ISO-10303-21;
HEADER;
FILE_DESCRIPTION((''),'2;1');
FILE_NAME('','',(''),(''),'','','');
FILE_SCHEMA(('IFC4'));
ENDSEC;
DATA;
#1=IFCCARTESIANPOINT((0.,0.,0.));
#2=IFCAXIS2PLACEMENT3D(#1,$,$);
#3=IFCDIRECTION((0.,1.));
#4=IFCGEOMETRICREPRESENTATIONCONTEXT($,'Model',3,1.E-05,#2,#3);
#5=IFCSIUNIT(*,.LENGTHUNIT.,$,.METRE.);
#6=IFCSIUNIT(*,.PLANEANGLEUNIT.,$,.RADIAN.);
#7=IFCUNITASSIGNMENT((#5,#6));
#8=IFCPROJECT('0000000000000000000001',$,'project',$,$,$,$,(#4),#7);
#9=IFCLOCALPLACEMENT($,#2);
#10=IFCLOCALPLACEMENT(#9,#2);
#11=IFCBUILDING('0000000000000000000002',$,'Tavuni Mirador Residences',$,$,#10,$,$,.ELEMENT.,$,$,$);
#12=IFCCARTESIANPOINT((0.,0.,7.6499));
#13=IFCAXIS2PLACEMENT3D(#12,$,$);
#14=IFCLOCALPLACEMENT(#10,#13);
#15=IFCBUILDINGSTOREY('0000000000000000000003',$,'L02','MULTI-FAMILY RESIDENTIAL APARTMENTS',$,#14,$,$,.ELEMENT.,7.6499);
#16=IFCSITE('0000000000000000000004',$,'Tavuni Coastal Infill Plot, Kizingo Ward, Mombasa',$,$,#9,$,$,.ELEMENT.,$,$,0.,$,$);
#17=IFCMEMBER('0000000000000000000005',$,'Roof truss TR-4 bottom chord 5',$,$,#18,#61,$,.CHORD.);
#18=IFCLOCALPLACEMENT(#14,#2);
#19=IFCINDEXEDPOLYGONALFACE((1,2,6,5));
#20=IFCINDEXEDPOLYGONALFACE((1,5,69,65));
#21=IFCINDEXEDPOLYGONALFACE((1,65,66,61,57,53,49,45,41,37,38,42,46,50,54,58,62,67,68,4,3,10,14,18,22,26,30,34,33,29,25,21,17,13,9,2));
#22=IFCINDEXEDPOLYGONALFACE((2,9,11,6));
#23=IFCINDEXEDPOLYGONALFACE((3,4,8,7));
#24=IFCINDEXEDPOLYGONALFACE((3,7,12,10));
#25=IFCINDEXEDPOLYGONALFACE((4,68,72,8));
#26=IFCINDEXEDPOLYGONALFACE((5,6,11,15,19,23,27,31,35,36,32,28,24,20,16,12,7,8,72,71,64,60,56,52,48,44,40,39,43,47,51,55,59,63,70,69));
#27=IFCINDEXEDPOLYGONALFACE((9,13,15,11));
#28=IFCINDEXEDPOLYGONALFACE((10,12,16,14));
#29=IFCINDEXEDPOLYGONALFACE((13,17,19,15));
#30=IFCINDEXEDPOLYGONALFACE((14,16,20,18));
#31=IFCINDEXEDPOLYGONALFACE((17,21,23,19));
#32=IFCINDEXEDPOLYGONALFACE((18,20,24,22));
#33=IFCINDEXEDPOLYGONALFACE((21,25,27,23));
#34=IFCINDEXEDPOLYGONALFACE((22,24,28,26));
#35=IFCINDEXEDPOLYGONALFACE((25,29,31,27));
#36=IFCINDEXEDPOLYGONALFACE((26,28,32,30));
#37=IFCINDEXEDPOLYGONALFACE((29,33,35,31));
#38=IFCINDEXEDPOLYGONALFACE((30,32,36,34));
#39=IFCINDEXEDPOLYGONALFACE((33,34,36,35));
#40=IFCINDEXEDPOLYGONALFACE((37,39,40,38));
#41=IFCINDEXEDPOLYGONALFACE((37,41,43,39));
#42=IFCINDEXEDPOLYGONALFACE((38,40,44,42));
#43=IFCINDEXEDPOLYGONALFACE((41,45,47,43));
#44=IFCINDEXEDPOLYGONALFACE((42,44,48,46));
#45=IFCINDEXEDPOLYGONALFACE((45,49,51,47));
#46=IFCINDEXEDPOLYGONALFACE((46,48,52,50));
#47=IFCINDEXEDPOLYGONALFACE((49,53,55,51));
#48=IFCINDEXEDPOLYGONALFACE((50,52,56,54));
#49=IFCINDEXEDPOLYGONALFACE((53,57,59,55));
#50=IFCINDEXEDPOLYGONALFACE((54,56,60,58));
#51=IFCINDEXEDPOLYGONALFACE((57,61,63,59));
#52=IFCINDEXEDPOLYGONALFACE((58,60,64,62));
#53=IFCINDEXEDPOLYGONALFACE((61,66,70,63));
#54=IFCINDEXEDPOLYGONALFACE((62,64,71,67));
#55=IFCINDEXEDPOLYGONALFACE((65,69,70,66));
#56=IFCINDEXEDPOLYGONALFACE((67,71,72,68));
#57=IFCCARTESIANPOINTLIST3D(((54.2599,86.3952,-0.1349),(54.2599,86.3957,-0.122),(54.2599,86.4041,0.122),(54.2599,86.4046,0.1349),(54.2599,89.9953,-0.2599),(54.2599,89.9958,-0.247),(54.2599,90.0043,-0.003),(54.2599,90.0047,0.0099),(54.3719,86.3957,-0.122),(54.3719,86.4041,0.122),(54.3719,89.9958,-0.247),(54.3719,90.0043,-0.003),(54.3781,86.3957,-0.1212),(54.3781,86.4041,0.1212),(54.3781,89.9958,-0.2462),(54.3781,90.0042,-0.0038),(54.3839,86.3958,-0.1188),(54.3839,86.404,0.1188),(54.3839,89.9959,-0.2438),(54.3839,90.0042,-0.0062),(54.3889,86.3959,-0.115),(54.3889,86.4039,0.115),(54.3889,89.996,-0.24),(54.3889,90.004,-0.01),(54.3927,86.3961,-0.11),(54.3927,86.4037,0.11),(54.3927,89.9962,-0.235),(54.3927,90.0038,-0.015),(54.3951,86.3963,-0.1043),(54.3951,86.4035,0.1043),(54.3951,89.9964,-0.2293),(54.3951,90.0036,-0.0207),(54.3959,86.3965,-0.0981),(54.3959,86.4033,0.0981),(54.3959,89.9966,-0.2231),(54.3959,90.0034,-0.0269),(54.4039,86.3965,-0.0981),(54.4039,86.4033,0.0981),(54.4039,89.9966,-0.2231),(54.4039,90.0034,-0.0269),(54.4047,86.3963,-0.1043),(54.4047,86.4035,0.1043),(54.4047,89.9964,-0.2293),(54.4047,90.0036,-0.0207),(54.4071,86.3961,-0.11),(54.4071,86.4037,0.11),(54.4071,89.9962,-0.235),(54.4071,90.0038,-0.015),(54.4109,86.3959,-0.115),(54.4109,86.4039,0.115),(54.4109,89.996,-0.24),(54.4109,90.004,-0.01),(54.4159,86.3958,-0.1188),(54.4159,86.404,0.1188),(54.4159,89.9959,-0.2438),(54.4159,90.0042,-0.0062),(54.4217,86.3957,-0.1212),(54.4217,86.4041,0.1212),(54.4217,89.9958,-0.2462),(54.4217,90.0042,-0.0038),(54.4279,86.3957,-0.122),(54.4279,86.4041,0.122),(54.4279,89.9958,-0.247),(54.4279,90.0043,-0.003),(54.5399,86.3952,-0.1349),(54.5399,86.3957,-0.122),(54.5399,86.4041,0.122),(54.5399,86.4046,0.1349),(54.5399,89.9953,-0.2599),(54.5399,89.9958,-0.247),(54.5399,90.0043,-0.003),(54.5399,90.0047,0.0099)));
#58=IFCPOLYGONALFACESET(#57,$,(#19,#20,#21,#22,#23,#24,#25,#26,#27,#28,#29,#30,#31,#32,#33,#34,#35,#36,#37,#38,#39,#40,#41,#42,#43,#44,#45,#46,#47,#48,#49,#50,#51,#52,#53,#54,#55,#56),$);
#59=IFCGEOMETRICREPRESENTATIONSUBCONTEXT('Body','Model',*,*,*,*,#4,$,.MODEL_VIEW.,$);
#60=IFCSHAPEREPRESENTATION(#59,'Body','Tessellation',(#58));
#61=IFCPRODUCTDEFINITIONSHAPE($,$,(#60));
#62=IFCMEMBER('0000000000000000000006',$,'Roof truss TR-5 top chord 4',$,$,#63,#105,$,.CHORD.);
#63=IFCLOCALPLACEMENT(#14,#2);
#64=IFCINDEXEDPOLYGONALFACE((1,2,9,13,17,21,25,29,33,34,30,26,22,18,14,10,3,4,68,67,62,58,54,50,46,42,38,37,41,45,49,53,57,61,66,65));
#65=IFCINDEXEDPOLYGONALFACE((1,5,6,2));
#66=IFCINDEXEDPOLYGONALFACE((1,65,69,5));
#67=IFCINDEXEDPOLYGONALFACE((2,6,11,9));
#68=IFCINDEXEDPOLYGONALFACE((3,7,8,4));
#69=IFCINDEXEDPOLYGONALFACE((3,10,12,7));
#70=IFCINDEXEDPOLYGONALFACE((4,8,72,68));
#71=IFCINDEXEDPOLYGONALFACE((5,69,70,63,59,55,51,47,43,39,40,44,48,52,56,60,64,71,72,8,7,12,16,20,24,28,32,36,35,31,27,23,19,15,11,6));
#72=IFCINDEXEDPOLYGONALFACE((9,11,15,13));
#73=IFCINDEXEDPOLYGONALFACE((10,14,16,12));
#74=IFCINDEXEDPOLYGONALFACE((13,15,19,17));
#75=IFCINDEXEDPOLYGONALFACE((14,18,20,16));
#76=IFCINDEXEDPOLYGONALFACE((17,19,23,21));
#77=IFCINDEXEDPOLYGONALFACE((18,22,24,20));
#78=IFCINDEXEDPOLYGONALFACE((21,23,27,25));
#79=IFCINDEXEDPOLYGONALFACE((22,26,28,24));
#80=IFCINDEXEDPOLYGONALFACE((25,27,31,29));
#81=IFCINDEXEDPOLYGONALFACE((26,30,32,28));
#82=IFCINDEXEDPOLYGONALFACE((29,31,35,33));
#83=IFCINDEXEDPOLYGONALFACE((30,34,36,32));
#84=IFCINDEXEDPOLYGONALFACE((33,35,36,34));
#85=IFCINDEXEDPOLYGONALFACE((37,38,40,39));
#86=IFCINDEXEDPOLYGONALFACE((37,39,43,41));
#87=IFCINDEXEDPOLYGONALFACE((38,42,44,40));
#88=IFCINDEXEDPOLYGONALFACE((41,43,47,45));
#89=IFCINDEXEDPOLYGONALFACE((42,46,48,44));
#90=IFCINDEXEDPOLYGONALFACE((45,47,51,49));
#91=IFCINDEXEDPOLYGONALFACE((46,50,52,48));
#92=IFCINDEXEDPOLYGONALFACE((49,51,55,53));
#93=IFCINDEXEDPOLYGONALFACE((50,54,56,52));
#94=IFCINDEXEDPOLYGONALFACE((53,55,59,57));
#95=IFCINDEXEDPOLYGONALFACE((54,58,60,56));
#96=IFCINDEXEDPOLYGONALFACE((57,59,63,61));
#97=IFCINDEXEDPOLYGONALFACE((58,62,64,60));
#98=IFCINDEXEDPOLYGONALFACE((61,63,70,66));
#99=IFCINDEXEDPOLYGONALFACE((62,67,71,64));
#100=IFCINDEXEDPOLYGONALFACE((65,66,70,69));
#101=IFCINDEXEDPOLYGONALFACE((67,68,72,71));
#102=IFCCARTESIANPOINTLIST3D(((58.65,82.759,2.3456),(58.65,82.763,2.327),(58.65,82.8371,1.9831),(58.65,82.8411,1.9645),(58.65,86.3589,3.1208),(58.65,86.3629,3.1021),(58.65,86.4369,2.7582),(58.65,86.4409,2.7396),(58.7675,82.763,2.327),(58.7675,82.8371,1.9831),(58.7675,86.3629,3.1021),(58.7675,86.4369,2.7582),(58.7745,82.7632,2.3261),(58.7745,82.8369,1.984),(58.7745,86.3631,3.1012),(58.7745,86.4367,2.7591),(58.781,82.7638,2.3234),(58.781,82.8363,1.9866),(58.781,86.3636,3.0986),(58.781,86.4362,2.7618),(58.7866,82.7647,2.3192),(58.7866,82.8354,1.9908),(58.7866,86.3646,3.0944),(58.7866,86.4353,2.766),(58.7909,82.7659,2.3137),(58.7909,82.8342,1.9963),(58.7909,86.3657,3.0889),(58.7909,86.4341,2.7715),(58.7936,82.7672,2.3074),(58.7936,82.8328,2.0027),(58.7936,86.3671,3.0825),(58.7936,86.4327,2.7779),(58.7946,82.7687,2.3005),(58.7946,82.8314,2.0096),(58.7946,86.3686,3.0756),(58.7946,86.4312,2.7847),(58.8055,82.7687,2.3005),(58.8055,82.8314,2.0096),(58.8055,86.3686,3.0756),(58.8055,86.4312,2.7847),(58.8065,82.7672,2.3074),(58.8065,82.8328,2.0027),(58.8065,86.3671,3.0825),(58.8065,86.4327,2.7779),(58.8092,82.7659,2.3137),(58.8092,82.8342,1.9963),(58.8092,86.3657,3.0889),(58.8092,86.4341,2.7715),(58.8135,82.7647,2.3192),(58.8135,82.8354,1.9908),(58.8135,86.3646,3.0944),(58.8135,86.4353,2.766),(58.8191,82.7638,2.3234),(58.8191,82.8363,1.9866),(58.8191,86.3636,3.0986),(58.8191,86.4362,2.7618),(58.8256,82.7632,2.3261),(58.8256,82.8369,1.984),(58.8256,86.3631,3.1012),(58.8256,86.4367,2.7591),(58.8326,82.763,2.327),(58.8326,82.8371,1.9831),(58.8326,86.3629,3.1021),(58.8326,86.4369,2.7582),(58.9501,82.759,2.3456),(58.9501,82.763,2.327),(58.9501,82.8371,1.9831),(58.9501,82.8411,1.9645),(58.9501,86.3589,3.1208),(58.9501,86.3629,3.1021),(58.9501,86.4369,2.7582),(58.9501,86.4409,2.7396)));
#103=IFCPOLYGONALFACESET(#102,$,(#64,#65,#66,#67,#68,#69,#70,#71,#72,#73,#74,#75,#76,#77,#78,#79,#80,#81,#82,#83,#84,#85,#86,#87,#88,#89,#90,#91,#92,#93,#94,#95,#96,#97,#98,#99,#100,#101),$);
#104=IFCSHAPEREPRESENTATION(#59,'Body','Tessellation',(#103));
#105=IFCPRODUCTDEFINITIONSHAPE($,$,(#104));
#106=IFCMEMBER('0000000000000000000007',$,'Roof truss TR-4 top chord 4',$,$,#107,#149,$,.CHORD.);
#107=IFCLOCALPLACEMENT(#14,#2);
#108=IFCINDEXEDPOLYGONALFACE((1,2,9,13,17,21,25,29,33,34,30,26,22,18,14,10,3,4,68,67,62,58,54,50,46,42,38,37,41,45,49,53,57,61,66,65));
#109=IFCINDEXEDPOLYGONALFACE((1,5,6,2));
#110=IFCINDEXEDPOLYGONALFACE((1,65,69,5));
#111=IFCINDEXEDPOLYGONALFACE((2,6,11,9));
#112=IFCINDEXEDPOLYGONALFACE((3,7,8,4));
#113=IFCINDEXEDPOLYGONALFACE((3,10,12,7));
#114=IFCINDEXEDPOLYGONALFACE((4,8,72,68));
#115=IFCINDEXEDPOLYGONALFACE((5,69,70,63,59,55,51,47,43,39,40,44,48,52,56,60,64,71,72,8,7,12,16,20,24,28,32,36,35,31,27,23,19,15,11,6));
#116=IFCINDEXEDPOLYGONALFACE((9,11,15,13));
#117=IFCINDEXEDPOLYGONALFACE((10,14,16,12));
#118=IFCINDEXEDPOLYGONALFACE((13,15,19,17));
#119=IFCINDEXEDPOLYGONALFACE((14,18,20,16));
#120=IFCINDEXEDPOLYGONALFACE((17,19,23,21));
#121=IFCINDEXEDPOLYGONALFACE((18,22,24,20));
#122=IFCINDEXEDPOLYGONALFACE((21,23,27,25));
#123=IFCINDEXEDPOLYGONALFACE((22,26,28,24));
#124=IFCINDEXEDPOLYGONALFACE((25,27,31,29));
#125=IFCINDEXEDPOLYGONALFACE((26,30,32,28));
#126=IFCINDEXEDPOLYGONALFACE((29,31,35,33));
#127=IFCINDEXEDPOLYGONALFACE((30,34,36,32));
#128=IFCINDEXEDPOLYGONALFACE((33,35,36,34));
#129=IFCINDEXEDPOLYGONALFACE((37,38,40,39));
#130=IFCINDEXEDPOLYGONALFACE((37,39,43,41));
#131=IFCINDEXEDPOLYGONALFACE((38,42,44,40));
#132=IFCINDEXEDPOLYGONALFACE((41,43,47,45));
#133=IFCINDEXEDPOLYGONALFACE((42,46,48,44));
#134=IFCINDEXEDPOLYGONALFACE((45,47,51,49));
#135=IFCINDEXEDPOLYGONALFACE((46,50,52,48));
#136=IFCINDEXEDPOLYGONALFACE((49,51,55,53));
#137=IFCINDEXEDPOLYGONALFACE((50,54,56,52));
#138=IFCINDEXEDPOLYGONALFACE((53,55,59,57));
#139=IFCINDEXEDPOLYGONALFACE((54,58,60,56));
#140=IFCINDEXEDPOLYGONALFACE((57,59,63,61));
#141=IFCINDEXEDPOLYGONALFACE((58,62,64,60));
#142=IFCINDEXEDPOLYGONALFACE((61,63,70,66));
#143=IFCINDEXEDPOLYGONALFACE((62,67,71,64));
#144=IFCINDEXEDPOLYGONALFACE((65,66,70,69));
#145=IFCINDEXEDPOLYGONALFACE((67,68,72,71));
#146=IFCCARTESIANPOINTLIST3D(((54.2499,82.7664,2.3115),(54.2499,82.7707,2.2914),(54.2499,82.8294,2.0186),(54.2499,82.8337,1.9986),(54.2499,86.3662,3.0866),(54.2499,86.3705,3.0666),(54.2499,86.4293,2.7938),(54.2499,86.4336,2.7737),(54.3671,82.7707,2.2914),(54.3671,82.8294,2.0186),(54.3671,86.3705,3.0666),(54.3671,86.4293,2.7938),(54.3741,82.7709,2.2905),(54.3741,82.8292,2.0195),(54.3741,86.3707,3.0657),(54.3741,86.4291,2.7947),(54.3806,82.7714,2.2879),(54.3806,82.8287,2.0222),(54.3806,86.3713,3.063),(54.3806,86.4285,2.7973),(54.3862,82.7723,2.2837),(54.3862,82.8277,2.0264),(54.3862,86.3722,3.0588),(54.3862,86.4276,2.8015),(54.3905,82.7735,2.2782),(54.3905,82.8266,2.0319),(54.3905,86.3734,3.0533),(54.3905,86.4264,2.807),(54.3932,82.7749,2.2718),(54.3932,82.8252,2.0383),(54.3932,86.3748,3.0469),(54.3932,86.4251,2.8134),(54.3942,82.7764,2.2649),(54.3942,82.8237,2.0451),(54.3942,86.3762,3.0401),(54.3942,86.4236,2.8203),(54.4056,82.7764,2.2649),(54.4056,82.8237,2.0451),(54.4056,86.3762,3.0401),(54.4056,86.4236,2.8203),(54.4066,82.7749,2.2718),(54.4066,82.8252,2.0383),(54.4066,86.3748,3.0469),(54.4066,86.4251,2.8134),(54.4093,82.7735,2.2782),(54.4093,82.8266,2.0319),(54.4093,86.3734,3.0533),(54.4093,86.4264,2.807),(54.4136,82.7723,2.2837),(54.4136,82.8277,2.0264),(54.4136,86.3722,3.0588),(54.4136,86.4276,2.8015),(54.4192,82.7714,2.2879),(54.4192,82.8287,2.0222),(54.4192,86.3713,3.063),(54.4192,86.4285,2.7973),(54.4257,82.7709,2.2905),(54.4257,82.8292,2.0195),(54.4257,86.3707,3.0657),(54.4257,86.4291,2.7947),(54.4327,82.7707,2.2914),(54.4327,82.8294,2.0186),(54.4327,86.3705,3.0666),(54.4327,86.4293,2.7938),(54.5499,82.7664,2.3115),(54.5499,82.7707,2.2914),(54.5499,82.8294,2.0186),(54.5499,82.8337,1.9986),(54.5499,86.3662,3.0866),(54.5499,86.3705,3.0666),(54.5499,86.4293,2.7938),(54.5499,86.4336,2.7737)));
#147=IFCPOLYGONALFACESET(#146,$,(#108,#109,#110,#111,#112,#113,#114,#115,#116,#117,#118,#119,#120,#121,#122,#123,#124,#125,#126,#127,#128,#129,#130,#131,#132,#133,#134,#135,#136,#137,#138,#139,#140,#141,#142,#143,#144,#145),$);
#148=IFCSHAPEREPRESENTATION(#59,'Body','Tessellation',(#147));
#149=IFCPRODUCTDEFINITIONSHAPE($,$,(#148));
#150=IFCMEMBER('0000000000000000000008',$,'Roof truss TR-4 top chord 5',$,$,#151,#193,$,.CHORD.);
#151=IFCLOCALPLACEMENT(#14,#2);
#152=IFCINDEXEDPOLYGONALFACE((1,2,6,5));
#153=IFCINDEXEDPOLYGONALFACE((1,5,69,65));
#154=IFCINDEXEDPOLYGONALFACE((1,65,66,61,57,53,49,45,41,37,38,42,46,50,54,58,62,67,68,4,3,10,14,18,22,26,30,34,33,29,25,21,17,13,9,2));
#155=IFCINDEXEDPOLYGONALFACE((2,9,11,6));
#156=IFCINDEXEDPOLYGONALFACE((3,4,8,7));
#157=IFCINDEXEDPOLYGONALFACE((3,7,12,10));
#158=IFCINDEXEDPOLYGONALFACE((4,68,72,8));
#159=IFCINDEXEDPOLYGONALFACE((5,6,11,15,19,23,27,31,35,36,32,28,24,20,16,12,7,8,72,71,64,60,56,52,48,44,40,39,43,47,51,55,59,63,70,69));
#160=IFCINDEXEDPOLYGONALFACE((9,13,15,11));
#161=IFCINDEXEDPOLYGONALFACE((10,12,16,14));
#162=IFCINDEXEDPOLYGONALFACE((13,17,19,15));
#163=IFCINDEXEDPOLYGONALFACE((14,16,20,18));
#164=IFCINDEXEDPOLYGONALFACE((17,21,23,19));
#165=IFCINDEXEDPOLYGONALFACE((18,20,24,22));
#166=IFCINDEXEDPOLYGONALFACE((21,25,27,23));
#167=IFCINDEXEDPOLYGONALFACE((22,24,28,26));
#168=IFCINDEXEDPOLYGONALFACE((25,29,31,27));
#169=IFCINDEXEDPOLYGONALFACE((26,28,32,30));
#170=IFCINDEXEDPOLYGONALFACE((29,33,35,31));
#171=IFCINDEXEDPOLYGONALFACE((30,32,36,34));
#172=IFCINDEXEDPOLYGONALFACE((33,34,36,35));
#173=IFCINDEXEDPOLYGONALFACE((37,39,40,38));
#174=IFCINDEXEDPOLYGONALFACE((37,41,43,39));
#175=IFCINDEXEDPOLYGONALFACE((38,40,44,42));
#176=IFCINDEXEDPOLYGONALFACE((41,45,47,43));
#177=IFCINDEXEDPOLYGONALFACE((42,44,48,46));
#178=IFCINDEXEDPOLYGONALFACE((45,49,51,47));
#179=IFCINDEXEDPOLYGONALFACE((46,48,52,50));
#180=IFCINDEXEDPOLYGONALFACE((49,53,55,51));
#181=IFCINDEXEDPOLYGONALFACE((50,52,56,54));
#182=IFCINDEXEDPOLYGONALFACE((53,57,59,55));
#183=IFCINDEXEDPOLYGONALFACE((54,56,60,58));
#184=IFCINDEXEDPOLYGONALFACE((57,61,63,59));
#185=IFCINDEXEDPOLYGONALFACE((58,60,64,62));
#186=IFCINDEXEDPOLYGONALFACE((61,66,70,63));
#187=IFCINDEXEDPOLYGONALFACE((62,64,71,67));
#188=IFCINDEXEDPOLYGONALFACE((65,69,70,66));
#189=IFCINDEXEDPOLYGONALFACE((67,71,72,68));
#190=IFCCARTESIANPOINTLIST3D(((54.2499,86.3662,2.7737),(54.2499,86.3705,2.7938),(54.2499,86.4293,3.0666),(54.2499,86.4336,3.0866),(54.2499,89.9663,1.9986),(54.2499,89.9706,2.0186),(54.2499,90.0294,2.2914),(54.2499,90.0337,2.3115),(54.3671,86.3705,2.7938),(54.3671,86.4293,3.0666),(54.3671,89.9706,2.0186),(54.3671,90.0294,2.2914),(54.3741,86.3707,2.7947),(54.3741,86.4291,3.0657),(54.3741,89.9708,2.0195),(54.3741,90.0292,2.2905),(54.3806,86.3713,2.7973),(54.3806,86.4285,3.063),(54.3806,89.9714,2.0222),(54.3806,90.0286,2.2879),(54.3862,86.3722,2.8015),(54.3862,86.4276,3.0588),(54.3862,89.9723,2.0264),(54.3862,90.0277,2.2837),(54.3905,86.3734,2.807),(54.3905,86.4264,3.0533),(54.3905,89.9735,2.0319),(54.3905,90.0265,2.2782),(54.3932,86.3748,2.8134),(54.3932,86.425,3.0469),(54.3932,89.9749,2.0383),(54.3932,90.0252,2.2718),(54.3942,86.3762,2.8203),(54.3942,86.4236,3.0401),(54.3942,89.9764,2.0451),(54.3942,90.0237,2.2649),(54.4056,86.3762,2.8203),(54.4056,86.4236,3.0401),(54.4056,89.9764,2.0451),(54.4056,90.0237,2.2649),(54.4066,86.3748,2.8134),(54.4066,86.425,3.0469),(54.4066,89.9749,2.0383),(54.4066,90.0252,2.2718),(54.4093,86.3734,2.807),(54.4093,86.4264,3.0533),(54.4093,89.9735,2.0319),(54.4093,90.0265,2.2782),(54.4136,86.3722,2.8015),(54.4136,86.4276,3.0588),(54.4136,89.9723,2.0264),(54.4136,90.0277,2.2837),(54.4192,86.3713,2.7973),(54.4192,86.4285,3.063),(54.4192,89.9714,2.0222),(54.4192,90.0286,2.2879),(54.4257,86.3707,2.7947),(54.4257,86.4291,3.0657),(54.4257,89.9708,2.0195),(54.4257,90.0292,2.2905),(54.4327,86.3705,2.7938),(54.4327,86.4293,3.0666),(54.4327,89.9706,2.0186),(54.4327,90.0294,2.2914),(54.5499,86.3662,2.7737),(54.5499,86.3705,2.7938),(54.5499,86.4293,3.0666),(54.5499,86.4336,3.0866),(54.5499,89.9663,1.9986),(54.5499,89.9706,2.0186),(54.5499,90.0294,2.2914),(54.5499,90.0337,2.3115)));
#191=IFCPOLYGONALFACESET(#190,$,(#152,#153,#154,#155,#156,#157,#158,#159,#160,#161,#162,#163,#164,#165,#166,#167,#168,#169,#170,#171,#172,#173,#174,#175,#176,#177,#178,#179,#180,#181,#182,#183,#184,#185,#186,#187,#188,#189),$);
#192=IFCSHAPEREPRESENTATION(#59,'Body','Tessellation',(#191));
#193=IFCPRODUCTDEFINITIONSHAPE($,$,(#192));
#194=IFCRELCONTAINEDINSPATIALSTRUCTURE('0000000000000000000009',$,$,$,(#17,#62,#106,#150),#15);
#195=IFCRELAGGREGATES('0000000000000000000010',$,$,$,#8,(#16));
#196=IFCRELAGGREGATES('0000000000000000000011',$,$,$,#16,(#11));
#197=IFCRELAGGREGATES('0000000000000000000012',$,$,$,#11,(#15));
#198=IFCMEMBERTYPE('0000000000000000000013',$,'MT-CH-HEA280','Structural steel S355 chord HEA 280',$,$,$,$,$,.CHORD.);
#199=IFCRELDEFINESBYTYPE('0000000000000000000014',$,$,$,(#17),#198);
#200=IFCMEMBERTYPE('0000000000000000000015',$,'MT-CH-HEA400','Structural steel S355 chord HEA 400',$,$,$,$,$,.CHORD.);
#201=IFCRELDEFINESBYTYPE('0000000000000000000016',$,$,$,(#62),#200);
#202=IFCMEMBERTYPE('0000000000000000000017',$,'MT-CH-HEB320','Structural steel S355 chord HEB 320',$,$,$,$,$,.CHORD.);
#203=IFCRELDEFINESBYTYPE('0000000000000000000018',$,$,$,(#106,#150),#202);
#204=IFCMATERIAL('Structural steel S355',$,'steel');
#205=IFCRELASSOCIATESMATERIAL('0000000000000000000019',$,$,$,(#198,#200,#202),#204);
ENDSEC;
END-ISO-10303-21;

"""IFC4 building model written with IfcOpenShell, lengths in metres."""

from ifc_helpers import new_model, si_unit, direction, frame, origin, origin_2d, place, context, subcontext, project, spatial, i_section, extrude, material, material_profile, profile_set, type_object, element, save


model = new_model("IFC4")

# Units and contexts
model_context = context("Model", 3, precision=1e-05, world=origin(), true_north=direction((0.0, 1.0)))
body_context = subcontext(model_context, "Body", "Model", "MODEL_VIEW")
ifc_project = project(units=[si_unit("LENGTHUNIT", "METRE"), si_unit("PLANEANGLEUNIT", "RADIAN")], contexts=[model_context])

# Site, building, storey
site_placement = place(None, origin())
site = spatial("IfcSite", under=ifc_project, at=site_placement, Name="Tavuni Coastal Infill Plot, Kizingo Ward, Mombasa", CompositionType="ELEMENT", RefElevation=0.0)
building_placement = place(site_placement, origin())
building = spatial("IfcBuilding", under=site, at=building_placement, Name="Tavuni Mirador Residences", CompositionType="ELEMENT")
storey_placement = place(building_placement, frame((0.0, 0.0, 7.6499)))
storey = spatial("IfcBuildingStorey", under=building, at=storey_placement, Name="L02", Description="MULTI-FAMILY RESIDENTIAL APARTMENTS", CompositionType="ELEMENT", Elevation=7.6499)

# Members
ifc_material_1 = material(Name="Structural steel S355", Category="steel")
ifc_material_profile_1 = material_profile(ifc_material_1, i_section(OverallWidth=0.28, OverallDepth=0.27, WebThickness=0.0081, FlangeThickness=0.0129, FilletRadius=0.0239, at=origin_2d()), Name="HEA 280", Category="steel")
ifc_profile_set_1 = profile_set([ifc_material_profile_1], Name="Structural steel S355")
member_type_1 = type_object("IfcMemberType", Name="MT-CH-HEA280", Description="Structural steel S355 chord HEA 280", PredefinedType="CHORD", material=ifc_profile_set_1)
member_1_placement = place(storey_placement, frame((54.3999, 86.3999, 0.0), z_axis=(0.0, 0.999398, -0.0347), x_axis=(-1.0, 0.0, 0.0)))
element("IfcMember", 1, at=member_1_placement, inside=storey, type_object=member_type_1, Name="Roof truss TR-4 bottom chord 5", PredefinedType="CHORD", context=body_context, shape_type="SweptSolid", body=[
    extrude(i_section(OverallWidth=0.28, OverallDepth=0.27, WebThickness=0.0081, FlangeThickness=0.0129, FilletRadius=0.0239, at=origin_2d()), origin(), (0.0, 0.0, 1.0), 3.6023),
])
ifc_material_profile_2 = material_profile(ifc_material_1, i_section(OverallWidth=0.3, OverallDepth=0.3899, WebThickness=0.011, FlangeThickness=0.019, FilletRadius=0.0271, at=origin_2d()), Name="HEA 400", Category="steel")
ifc_profile_set_2 = profile_set([ifc_material_profile_2], Name="Structural steel S355")
member_type_2 = type_object("IfcMemberType", Name="MT-CH-HEA400", Description="Structural steel S355 chord HEA 400", PredefinedType="CHORD", material=ifc_profile_set_2)
member_2_placement = place(storey_placement, frame((58.8, 82.8, 2.155), z_axis=(0.0, 0.977593, 0.210502), x_axis=(-1.0, 0.0, 0.0)))
element("IfcMember", 2, at=member_2_placement, inside=storey, type_object=member_type_2, Name="Roof truss TR-5 top chord 4", PredefinedType="CHORD", context=body_context, shape_type="SweptSolid", body=[
    extrude(i_section(OverallWidth=0.3, OverallDepth=0.3899, WebThickness=0.011, FlangeThickness=0.019, FilletRadius=0.0271, at=origin_2d()), origin(), (0.0, 0.0, 1.0), 3.6824),
])
ifc_material_profile_3 = material_profile(ifc_material_1, i_section(OverallWidth=0.3, OverallDepth=0.3201, WebThickness=0.0115, FlangeThickness=0.0205, FilletRadius=0.0271, at=origin_2d()), Name="HEB 320", Category="steel")
ifc_profile_set_3 = profile_set([ifc_material_profile_3], Name="Structural steel S355")
member_type_3 = type_object("IfcMemberType", Name="MT-CH-HEB320", Description="Structural steel S355 chord HEB 320", PredefinedType="CHORD", material=ifc_profile_set_3)
member_3_placement = place(storey_placement, frame((54.3999, 82.8, 2.155), z_axis=(0.0, 0.977593, 0.210502), x_axis=(-1.0, 0.0, 0.0)))
element("IfcMember", 3, at=member_3_placement, inside=storey, type_object=member_type_3, Name="Roof truss TR-4 top chord 4", PredefinedType="CHORD", context=body_context, shape_type="SweptSolid", body=[
    extrude(i_section(OverallWidth=0.3, OverallDepth=0.3201, WebThickness=0.0115, FlangeThickness=0.0205, FilletRadius=0.0271, at=origin_2d()), origin(), (0.0, 0.0, 1.0), 3.6824),
])
member_4_placement = place(storey_placement, frame((54.3999, 86.3999, 2.9302), z_axis=(0.0, 0.977596, -0.210489), x_axis=(-1.0, 0.0, 0.0)))
element("IfcMember", 4, at=member_4_placement, inside=storey, type_object=member_type_3, Name="Roof truss TR-4 top chord 5", PredefinedType="CHORD", context=body_context, shape_type="SweptSolid", body=[
    extrude(i_section(OverallWidth=0.3, OverallDepth=0.3201, WebThickness=0.0115, FlangeThickness=0.0205, FilletRadius=0.0271, at=origin_2d()), origin(), (0.0, 0.0, 1.0), 3.6826),
])

save(model, "model.ifc")
